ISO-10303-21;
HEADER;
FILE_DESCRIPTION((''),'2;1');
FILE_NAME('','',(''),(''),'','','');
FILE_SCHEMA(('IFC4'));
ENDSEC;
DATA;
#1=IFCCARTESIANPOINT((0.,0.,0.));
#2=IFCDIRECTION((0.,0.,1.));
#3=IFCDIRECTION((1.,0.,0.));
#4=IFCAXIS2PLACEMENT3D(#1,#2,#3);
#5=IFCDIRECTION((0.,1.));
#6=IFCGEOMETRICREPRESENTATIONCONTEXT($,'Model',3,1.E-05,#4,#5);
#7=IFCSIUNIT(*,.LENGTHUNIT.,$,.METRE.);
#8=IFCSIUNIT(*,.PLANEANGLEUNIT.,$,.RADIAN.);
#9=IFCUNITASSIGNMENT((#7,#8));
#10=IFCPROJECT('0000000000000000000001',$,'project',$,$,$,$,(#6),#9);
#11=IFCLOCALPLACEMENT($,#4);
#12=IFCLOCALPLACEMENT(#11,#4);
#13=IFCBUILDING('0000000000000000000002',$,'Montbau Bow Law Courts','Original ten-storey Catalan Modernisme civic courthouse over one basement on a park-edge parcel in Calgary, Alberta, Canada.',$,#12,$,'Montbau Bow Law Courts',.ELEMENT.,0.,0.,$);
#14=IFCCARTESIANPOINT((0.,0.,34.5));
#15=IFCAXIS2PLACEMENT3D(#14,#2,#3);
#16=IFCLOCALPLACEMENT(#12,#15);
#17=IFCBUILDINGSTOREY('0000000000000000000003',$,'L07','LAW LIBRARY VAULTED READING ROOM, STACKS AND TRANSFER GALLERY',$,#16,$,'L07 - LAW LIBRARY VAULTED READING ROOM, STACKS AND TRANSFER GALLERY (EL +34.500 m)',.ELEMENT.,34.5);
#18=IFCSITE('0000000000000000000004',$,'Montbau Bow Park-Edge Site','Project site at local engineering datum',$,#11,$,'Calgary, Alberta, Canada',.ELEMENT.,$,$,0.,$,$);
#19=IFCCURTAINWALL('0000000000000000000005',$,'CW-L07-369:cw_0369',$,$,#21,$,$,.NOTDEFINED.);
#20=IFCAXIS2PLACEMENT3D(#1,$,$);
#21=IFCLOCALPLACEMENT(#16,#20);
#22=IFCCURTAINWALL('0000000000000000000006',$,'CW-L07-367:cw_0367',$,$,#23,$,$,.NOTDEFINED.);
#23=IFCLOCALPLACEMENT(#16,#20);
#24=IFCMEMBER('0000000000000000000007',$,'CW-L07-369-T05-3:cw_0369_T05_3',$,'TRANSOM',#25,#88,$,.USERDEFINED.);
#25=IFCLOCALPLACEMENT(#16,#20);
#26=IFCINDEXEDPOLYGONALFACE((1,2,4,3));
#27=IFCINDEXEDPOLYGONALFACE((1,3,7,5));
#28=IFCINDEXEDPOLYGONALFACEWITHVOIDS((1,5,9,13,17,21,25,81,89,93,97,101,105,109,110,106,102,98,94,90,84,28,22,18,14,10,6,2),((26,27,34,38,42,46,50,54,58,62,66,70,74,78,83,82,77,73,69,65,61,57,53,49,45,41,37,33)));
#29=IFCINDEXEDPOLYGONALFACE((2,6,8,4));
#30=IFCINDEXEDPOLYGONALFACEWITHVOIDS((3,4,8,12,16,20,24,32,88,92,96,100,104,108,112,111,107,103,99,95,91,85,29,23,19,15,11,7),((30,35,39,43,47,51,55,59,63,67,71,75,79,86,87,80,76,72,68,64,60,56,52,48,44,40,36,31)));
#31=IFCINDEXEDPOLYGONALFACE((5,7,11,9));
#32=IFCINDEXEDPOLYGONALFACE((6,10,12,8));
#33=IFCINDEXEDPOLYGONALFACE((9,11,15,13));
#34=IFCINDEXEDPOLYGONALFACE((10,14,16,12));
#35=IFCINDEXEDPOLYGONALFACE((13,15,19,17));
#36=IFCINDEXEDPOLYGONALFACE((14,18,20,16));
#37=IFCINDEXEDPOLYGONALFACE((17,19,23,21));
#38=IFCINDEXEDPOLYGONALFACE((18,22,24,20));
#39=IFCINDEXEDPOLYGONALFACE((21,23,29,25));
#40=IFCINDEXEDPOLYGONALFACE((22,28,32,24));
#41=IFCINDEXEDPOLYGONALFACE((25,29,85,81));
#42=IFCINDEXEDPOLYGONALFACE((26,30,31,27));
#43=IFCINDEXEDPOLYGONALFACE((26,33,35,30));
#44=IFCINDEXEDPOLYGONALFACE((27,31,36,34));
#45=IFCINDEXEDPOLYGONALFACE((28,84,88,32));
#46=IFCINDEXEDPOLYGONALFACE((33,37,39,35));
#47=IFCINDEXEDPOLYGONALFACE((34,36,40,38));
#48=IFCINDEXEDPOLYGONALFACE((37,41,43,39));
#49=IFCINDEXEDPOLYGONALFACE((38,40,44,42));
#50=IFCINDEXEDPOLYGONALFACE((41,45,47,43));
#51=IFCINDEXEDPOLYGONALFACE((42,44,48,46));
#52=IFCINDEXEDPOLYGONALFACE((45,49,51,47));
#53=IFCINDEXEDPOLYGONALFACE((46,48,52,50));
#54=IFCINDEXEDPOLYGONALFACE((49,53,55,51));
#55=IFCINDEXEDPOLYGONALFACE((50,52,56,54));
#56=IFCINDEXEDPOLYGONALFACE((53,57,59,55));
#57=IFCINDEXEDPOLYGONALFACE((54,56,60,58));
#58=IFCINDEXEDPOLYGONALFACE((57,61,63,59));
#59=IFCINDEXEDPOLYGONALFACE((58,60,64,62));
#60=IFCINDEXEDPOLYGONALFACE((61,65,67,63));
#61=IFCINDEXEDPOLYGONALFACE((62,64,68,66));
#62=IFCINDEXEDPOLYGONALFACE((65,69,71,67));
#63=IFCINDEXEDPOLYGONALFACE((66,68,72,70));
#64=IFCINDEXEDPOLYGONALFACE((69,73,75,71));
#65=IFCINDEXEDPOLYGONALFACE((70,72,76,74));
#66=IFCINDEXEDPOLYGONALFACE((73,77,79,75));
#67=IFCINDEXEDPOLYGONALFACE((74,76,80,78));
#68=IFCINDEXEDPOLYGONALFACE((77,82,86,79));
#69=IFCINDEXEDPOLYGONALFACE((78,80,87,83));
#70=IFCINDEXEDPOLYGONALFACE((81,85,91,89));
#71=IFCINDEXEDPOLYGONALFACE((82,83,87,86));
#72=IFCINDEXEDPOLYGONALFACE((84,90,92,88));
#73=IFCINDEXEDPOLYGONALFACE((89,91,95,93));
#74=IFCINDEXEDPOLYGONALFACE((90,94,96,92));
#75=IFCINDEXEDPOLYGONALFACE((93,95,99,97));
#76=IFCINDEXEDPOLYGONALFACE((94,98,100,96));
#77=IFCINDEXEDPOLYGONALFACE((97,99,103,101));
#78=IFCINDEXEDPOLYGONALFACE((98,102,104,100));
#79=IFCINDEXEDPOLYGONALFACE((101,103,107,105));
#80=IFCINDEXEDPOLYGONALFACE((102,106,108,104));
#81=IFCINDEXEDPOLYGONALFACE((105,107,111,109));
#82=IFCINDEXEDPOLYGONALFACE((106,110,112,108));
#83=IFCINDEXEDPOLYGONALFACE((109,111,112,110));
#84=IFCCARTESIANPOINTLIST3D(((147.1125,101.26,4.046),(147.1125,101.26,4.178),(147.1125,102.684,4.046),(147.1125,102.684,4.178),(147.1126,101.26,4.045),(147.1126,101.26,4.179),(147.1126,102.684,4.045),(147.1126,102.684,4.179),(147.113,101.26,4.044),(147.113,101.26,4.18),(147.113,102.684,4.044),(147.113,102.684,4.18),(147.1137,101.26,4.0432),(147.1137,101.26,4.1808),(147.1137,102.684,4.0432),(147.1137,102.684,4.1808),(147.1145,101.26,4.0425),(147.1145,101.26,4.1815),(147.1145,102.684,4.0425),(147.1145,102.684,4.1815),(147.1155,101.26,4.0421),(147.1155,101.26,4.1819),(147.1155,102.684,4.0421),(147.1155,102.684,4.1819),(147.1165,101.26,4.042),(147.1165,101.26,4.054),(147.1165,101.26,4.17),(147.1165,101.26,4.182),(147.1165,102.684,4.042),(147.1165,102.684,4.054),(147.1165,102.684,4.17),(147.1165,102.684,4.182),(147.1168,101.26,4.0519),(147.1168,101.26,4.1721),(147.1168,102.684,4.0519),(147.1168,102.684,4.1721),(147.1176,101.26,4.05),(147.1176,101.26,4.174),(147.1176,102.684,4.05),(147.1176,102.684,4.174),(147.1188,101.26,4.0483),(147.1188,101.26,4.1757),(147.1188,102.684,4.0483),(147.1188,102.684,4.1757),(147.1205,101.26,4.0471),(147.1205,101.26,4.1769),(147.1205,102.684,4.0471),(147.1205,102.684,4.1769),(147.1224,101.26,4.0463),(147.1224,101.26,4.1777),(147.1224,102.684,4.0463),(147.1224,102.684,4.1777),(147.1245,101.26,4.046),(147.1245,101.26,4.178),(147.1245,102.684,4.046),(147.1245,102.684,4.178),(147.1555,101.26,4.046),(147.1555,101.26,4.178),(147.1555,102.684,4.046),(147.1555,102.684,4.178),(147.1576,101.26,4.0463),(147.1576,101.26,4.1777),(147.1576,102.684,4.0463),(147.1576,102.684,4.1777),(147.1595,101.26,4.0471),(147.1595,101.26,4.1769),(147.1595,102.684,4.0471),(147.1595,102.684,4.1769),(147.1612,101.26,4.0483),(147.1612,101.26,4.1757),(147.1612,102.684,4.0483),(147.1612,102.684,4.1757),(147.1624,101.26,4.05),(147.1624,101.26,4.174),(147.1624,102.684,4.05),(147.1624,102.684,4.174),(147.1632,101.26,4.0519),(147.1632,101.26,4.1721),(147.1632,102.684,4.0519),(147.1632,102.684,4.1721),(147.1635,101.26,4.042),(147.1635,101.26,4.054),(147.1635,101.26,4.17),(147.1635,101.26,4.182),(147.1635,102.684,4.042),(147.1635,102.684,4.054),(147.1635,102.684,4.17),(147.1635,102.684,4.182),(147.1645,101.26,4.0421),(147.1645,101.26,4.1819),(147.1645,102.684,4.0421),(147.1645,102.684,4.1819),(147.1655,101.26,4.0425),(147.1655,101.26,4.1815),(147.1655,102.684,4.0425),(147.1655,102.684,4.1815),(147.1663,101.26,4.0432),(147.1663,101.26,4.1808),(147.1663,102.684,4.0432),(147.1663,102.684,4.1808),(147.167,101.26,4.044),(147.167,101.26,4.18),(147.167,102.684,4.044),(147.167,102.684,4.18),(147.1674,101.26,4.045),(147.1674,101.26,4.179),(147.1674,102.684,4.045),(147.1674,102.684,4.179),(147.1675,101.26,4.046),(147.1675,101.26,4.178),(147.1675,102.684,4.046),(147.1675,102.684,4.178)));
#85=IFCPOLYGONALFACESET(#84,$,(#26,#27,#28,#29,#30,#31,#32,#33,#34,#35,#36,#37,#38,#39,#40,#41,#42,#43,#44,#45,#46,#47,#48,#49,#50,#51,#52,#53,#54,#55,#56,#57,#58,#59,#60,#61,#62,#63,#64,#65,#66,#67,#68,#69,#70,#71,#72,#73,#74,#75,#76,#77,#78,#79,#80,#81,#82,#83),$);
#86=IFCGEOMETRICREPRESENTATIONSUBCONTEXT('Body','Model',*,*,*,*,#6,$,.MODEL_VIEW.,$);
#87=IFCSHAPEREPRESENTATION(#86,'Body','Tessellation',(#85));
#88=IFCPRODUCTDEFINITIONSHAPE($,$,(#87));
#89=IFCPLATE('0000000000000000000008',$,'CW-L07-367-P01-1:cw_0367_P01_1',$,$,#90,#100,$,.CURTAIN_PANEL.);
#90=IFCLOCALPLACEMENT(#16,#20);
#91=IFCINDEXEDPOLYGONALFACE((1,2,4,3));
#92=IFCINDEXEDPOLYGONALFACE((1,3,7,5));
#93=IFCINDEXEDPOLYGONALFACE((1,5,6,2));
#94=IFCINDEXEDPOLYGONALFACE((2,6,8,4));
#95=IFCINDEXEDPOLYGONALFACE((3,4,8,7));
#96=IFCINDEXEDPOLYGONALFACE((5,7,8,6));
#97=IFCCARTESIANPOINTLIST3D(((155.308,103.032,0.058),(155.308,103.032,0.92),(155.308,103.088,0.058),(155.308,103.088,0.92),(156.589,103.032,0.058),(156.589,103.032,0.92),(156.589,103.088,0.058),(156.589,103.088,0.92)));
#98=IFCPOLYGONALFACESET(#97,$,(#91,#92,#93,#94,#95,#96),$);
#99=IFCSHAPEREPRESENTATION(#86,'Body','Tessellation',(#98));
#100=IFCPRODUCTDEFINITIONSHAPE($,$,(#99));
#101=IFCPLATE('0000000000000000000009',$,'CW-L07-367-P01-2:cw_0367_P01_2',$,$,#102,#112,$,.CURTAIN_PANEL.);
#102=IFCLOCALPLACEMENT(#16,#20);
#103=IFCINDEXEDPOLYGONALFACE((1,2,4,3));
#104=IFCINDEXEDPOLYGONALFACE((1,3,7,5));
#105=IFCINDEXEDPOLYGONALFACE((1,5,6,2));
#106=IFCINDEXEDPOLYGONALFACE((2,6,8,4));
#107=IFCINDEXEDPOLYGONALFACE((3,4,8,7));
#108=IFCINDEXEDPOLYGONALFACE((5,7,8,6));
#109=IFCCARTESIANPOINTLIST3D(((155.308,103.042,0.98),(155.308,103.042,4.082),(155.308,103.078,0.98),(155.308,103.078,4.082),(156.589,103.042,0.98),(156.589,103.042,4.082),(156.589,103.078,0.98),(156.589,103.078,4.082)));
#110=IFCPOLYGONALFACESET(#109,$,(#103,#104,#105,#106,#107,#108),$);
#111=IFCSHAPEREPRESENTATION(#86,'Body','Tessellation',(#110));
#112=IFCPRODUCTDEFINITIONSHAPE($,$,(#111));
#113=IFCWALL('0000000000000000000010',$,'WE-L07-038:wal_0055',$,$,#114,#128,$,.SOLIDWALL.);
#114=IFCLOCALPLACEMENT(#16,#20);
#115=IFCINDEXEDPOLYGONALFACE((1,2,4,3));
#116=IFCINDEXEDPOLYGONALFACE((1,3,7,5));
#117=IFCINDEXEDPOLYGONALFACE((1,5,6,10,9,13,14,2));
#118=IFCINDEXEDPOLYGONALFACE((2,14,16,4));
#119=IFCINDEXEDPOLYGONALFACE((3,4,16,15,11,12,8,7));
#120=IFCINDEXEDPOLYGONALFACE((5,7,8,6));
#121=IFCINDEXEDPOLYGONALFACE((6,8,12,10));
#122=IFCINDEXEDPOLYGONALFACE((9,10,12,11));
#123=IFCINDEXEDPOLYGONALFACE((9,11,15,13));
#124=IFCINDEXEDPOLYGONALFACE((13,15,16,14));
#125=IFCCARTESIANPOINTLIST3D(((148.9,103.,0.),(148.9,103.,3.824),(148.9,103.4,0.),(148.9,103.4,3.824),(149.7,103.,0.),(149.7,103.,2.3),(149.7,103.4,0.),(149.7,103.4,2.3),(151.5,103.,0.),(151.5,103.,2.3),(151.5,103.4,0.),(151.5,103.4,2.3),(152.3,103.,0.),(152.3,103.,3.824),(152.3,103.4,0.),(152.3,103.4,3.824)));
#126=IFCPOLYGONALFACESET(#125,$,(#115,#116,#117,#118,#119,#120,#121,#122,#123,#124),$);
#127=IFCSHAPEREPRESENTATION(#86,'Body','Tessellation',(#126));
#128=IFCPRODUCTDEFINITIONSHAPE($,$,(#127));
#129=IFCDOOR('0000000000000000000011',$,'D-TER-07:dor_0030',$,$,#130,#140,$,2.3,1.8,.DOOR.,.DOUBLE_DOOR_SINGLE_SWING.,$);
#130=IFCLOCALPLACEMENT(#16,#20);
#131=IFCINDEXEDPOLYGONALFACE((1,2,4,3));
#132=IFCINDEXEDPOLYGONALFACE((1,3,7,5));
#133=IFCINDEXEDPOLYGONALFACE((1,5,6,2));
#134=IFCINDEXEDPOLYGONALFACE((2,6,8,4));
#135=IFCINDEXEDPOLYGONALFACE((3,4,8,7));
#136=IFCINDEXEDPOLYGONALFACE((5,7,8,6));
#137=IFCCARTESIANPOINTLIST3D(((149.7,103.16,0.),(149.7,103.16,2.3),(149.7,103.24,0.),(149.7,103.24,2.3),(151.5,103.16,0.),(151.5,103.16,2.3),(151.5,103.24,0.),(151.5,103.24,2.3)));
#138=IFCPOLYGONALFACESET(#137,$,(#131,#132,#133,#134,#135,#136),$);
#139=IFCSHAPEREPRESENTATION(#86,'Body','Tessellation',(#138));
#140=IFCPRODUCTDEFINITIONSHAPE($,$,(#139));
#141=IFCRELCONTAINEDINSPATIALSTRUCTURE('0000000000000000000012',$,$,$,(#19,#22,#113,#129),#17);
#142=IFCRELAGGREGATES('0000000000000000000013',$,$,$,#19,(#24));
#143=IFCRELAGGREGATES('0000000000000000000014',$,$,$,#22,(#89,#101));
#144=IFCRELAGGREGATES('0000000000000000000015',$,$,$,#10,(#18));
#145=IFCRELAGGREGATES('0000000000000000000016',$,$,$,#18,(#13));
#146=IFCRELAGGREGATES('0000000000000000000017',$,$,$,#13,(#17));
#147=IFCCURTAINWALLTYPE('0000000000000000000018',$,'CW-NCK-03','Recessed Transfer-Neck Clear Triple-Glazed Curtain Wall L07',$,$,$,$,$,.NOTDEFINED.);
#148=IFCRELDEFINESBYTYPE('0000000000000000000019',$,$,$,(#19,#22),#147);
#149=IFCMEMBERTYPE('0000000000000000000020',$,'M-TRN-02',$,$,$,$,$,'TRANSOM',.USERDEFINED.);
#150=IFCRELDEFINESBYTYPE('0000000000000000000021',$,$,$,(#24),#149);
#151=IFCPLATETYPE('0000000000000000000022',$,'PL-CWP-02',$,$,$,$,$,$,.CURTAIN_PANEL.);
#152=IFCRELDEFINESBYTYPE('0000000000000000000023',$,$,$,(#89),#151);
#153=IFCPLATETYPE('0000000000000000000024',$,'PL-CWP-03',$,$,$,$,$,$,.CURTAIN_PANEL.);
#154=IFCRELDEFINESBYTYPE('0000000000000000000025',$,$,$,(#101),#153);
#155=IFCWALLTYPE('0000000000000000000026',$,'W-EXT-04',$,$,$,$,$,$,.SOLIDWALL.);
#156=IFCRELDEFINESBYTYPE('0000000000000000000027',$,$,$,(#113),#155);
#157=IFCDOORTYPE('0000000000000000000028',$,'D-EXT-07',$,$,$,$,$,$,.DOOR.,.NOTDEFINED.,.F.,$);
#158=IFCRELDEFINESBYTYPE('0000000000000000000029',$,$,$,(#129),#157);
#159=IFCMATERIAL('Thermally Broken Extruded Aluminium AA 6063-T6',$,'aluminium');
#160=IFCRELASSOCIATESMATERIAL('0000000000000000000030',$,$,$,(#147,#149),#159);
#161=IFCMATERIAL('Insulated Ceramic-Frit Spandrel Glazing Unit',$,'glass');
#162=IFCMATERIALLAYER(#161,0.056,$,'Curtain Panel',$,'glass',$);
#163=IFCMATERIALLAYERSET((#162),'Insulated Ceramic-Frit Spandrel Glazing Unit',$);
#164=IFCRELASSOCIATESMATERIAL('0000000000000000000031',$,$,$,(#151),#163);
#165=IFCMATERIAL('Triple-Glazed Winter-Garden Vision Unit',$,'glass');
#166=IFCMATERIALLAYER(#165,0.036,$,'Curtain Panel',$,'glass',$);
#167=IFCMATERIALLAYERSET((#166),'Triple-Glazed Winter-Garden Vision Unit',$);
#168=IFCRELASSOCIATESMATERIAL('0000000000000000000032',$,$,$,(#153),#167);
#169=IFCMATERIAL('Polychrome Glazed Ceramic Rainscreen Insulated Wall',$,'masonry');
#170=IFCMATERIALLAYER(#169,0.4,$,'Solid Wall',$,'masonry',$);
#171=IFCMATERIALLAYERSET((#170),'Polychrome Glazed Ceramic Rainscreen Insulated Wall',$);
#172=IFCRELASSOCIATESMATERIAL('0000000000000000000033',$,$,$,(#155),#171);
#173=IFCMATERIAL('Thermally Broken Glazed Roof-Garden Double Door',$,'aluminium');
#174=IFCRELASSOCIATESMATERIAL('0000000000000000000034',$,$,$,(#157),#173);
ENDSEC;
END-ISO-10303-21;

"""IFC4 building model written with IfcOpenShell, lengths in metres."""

from ifc_helpers import new_model, si_unit, direction, frame, frame_2d, origin_with_axes, origin_2d_with_axis, place, context, subcontext, project, spatial, rectangle, hollow_rectangle, extrude, material, layer, layer_set, material_profile, profile_set, type_object, element, fill, aggregate, save


model = new_model("IFC4")

# Units and contexts
model_context = context("Model", 3, precision=1e-05, world=origin_with_axes(), true_north=direction((0.0, 1.0)))
body_context = subcontext(model_context, "Body", "Model", "MODEL_VIEW")
ifc_project = project(units=[si_unit("LENGTHUNIT", "METRE"), si_unit("PLANEANGLEUNIT", "RADIAN")], contexts=[model_context])

# Site, building, storey
site_placement = place(None, origin_with_axes())
site = spatial("IfcSite", under=ifc_project, at=site_placement, Name="Montbau Bow Park-Edge Site", Description="Project site at local engineering datum", LongName="Calgary, Alberta, Canada", CompositionType="ELEMENT", RefElevation=0.0)
building_placement = place(site_placement, origin_with_axes())
building = spatial("IfcBuilding", under=site, at=building_placement, Name="Montbau Bow Law Courts", Description="Original ten-storey Catalan Modernisme civic courthouse over one basement on a park-edge parcel in Calgary, Alberta, Canada.", LongName="Montbau Bow Law Courts", CompositionType="ELEMENT", ElevationOfRefHeight=0.0, ElevationOfTerrain=0.0)
storey_placement = place(building_placement, frame((0.0, 0.0, 34.5), z_axis=(0.0, 0.0, 1.0), x_axis=(1.0, 0.0, 0.0)))
storey = spatial("IfcBuildingStorey", under=building, at=storey_placement, Name="L07", Description="LAW LIBRARY VAULTED READING ROOM, STACKS AND TRANSFER GALLERY", LongName="L07 - LAW LIBRARY VAULTED READING ROOM, STACKS AND TRANSFER GALLERY (EL +34.500 m)", CompositionType="ELEMENT", Elevation=34.5)

# Curtain wall
ifc_material_1 = material(Name="Thermally Broken Extruded Aluminium AA 6063-T6", Category="aluminium")
curtain_wall_type = type_object("IfcCurtainWallType", Name="CW-NCK-03", Description="Recessed Transfer-Neck Clear Triple-Glazed Curtain Wall L07", PredefinedType="NOTDEFINED", material=ifc_material_1)
curtain_wall_1_placement = place(None, frame((147.14, 95.067, 34.5), z_axis=(0.0, 0.0, 1.0), x_axis=(1.0, 0.0, 0.0)))
curtain_wall_1 = element("IfcCurtainWall", 1, at=curtain_wall_1_placement, inside=storey, type_object=curtain_wall_type, Name="CW-L07-369:cw_0369", PredefinedType="NOTDEFINED")

# Curtain wall
curtain_wall_2_placement = place(None, frame((155.24, 103.06, 34.5), z_axis=(0.0, 0.0, 1.0), x_axis=(1.0, 0.0, 0.0)))
curtain_wall_2 = element("IfcCurtainWall", 2, at=curtain_wall_2_placement, inside=storey, type_object=curtain_wall_type, Name="CW-L07-367:cw_0367", PredefinedType="NOTDEFINED")
ifc_material_profile_1 = material_profile(ifc_material_1, hollow_rectangle(XDim=0.055, YDim=0.14, WallThickness=0.004, InnerFilletRadius=0.008, OuterFilletRadius=0.004, at=origin_2d_with_axis()), Name="CWT-140X55", Category="Main", Priority=0)
ifc_profile_set_1 = profile_set([ifc_material_profile_1], Name="Thermally Broken Extruded Aluminium AA 6063-T6")
member_type_1 = type_object("IfcMemberType", Name="M-TRN-02", ElementType="TRANSOM", PredefinedType="USERDEFINED", material=ifc_profile_set_1)

# Member
member_1_placement = place(None, frame((147.14, 101.26, 38.612), z_axis=(0.0, 1.0, 0.0), x_axis=(-1.0, 0.0, 0.0)))
member_1 = element("IfcMember", 3, at=member_1_placement, type_object=member_type_1, Name="CW-L07-369-T05-3:cw_0369_T05_3", ObjectType="TRANSOM", PredefinedType="USERDEFINED", context=body_context, shape_type="SweptSolid", body=[
    extrude(hollow_rectangle(XDim=0.055, YDim=0.14, WallThickness=0.004, InnerFilletRadius=0.008, OuterFilletRadius=0.004, at=origin_2d_with_axis()), origin_with_axes(), (0.0, 0.0, 1.0), 1.424),
])
aggregate(curtain_wall_1, [member_1])

# Plates
ifc_material_2 = material(Name="Insulated Ceramic-Frit Spandrel Glazing Unit", Category="glass")
ifc_layer_1 = layer(ifc_material_2, 0.056, Name="Curtain Panel", Category="glass")
ifc_layer_set_1 = layer_set([ifc_layer_1], Name="Insulated Ceramic-Frit Spandrel Glazing Unit")
plate_type_1 = type_object("IfcPlateType", Name="PL-CWP-02", PredefinedType="CURTAIN_PANEL", material=ifc_layer_set_1)
plate_1_placement = place(None, frame((155.308, 103.06, 34.558), z_axis=(0.0, -1.0, 0.0), x_axis=(1.0, 0.0, 0.0)))
plate_1 = element("IfcPlate", 4, at=plate_1_placement, type_object=plate_type_1, Name="CW-L07-367-P01-1:cw_0367_P01_1", PredefinedType="CURTAIN_PANEL", context=body_context, shape_type="SweptSolid", body=[
    extrude(rectangle(XDim=1.281, YDim=0.862, at=frame_2d((0.6405, 0.431), x_axis=(1.0, 0.0))), frame((0.0, 0.0, -0.028), z_axis=(0.0, 0.0, 1.0), x_axis=(1.0, 0.0, 0.0)), (0.0, 0.0, 1.0), 0.056),
])
ifc_material_3 = material(Name="Triple-Glazed Winter-Garden Vision Unit", Category="glass")
ifc_layer_2 = layer(ifc_material_3, 0.036, Name="Curtain Panel", Category="glass")
ifc_layer_set_2 = layer_set([ifc_layer_2], Name="Triple-Glazed Winter-Garden Vision Unit")
plate_type_2 = type_object("IfcPlateType", Name="PL-CWP-03", PredefinedType="CURTAIN_PANEL", material=ifc_layer_set_2)
plate_2_placement = place(None, frame((155.308, 103.06, 35.48), z_axis=(0.0, -1.0, 0.0), x_axis=(1.0, 0.0, 0.0)))
plate_2 = element("IfcPlate", 5, at=plate_2_placement, type_object=plate_type_2, Name="CW-L07-367-P01-2:cw_0367_P01_2", PredefinedType="CURTAIN_PANEL", context=body_context, shape_type="SweptSolid", body=[
    extrude(rectangle(XDim=1.281, YDim=3.102, at=frame_2d((0.6405, 1.551), x_axis=(1.0, 0.0))), frame((0.0, 0.0, -0.018), z_axis=(0.0, 0.0, 1.0), x_axis=(1.0, 0.0, 0.0)), (0.0, 0.0, 1.0), 0.036),
])
aggregate(curtain_wall_2, [plate_1, plate_2])

# Wall, opening, door
ifc_material_4 = material(Name="Polychrome Glazed Ceramic Rainscreen Insulated Wall", Category="masonry")
ifc_layer_3 = layer(ifc_material_4, 0.4, Name="Solid Wall", Category="masonry")
ifc_layer_set_3 = layer_set([ifc_layer_3], Name="Polychrome Glazed Ceramic Rainscreen Insulated Wall")
wall_type = type_object("IfcWallType", Name="W-EXT-04", PredefinedType="SOLIDWALL", material=ifc_layer_set_3)
wall_placement = place(None, frame((148.9, 103.2, 34.5), z_axis=(0.0, 0.0, 1.0), x_axis=(1.0, 0.0, 0.0)))
wall = element("IfcWall", 6, at=wall_placement, inside=storey, type_object=wall_type, Name="WE-L07-038:wal_0055", PredefinedType="SOLIDWALL", context=body_context, shape_type="SweptSolid", body=[
    extrude(rectangle(XDim=3.4, YDim=0.4, at=frame_2d((1.7, 0.0), x_axis=(1.0, 0.0))), origin_with_axes(), (0.0, 0.0, 1.0), 3.824),
])
opening_placement = place(None, frame((150.6, 103.2, 34.5), z_axis=(0.0, 0.0, 1.0), x_axis=(1.0, 0.0, 0.0)))
opening = element("IfcOpeningElement", 7, at=opening_placement, cuts=wall, PredefinedType="OPENING", context=body_context, shape_type="SweptSolid", body=[
    extrude(rectangle(XDim=1.8, YDim=2.3, at=frame_2d((0.0, 1.15), x_axis=(1.0, 0.0))), frame((0.0, 0.21, 0.0), z_axis=(0.0, -1.0, 0.0), x_axis=(1.0, 0.0, 0.0)), (0.0, 0.0, 1.0), 0.42),
])
ifc_material_5 = material(Name="Thermally Broken Glazed Roof-Garden Double Door", Category="aluminium")
door_type = type_object("IfcDoorType", Name="D-EXT-07", OperationType="NOTDEFINED", ParameterTakesPrecedence=False, PredefinedType="DOOR", material=ifc_material_5)
door_placement = place(None, frame((150.6, 103.2, 34.5), z_axis=(0.0, 0.0, 1.0), x_axis=(1.0, 0.0, 0.0)))
door = element("IfcDoor", 8, at=door_placement, inside=storey, type_object=door_type, Name="D-TER-07:dor_0030", OperationType="DOUBLE_DOOR_SINGLE_SWING", OverallHeight=2.3, OverallWidth=1.8, PredefinedType="DOOR", context=body_context, shape_type="SweptSolid", body=[
    extrude(rectangle(XDim=1.8, YDim=2.3, at=frame_2d((0.0, 1.15), x_axis=(1.0, 0.0))), frame((0.0, 0.04, 0.0), z_axis=(0.0, -1.0, 0.0), x_axis=(1.0, 0.0, 0.0)), (0.0, 0.0, 1.0), 0.08),
])
fill(opening, door)

save(model, "model.ifc")
